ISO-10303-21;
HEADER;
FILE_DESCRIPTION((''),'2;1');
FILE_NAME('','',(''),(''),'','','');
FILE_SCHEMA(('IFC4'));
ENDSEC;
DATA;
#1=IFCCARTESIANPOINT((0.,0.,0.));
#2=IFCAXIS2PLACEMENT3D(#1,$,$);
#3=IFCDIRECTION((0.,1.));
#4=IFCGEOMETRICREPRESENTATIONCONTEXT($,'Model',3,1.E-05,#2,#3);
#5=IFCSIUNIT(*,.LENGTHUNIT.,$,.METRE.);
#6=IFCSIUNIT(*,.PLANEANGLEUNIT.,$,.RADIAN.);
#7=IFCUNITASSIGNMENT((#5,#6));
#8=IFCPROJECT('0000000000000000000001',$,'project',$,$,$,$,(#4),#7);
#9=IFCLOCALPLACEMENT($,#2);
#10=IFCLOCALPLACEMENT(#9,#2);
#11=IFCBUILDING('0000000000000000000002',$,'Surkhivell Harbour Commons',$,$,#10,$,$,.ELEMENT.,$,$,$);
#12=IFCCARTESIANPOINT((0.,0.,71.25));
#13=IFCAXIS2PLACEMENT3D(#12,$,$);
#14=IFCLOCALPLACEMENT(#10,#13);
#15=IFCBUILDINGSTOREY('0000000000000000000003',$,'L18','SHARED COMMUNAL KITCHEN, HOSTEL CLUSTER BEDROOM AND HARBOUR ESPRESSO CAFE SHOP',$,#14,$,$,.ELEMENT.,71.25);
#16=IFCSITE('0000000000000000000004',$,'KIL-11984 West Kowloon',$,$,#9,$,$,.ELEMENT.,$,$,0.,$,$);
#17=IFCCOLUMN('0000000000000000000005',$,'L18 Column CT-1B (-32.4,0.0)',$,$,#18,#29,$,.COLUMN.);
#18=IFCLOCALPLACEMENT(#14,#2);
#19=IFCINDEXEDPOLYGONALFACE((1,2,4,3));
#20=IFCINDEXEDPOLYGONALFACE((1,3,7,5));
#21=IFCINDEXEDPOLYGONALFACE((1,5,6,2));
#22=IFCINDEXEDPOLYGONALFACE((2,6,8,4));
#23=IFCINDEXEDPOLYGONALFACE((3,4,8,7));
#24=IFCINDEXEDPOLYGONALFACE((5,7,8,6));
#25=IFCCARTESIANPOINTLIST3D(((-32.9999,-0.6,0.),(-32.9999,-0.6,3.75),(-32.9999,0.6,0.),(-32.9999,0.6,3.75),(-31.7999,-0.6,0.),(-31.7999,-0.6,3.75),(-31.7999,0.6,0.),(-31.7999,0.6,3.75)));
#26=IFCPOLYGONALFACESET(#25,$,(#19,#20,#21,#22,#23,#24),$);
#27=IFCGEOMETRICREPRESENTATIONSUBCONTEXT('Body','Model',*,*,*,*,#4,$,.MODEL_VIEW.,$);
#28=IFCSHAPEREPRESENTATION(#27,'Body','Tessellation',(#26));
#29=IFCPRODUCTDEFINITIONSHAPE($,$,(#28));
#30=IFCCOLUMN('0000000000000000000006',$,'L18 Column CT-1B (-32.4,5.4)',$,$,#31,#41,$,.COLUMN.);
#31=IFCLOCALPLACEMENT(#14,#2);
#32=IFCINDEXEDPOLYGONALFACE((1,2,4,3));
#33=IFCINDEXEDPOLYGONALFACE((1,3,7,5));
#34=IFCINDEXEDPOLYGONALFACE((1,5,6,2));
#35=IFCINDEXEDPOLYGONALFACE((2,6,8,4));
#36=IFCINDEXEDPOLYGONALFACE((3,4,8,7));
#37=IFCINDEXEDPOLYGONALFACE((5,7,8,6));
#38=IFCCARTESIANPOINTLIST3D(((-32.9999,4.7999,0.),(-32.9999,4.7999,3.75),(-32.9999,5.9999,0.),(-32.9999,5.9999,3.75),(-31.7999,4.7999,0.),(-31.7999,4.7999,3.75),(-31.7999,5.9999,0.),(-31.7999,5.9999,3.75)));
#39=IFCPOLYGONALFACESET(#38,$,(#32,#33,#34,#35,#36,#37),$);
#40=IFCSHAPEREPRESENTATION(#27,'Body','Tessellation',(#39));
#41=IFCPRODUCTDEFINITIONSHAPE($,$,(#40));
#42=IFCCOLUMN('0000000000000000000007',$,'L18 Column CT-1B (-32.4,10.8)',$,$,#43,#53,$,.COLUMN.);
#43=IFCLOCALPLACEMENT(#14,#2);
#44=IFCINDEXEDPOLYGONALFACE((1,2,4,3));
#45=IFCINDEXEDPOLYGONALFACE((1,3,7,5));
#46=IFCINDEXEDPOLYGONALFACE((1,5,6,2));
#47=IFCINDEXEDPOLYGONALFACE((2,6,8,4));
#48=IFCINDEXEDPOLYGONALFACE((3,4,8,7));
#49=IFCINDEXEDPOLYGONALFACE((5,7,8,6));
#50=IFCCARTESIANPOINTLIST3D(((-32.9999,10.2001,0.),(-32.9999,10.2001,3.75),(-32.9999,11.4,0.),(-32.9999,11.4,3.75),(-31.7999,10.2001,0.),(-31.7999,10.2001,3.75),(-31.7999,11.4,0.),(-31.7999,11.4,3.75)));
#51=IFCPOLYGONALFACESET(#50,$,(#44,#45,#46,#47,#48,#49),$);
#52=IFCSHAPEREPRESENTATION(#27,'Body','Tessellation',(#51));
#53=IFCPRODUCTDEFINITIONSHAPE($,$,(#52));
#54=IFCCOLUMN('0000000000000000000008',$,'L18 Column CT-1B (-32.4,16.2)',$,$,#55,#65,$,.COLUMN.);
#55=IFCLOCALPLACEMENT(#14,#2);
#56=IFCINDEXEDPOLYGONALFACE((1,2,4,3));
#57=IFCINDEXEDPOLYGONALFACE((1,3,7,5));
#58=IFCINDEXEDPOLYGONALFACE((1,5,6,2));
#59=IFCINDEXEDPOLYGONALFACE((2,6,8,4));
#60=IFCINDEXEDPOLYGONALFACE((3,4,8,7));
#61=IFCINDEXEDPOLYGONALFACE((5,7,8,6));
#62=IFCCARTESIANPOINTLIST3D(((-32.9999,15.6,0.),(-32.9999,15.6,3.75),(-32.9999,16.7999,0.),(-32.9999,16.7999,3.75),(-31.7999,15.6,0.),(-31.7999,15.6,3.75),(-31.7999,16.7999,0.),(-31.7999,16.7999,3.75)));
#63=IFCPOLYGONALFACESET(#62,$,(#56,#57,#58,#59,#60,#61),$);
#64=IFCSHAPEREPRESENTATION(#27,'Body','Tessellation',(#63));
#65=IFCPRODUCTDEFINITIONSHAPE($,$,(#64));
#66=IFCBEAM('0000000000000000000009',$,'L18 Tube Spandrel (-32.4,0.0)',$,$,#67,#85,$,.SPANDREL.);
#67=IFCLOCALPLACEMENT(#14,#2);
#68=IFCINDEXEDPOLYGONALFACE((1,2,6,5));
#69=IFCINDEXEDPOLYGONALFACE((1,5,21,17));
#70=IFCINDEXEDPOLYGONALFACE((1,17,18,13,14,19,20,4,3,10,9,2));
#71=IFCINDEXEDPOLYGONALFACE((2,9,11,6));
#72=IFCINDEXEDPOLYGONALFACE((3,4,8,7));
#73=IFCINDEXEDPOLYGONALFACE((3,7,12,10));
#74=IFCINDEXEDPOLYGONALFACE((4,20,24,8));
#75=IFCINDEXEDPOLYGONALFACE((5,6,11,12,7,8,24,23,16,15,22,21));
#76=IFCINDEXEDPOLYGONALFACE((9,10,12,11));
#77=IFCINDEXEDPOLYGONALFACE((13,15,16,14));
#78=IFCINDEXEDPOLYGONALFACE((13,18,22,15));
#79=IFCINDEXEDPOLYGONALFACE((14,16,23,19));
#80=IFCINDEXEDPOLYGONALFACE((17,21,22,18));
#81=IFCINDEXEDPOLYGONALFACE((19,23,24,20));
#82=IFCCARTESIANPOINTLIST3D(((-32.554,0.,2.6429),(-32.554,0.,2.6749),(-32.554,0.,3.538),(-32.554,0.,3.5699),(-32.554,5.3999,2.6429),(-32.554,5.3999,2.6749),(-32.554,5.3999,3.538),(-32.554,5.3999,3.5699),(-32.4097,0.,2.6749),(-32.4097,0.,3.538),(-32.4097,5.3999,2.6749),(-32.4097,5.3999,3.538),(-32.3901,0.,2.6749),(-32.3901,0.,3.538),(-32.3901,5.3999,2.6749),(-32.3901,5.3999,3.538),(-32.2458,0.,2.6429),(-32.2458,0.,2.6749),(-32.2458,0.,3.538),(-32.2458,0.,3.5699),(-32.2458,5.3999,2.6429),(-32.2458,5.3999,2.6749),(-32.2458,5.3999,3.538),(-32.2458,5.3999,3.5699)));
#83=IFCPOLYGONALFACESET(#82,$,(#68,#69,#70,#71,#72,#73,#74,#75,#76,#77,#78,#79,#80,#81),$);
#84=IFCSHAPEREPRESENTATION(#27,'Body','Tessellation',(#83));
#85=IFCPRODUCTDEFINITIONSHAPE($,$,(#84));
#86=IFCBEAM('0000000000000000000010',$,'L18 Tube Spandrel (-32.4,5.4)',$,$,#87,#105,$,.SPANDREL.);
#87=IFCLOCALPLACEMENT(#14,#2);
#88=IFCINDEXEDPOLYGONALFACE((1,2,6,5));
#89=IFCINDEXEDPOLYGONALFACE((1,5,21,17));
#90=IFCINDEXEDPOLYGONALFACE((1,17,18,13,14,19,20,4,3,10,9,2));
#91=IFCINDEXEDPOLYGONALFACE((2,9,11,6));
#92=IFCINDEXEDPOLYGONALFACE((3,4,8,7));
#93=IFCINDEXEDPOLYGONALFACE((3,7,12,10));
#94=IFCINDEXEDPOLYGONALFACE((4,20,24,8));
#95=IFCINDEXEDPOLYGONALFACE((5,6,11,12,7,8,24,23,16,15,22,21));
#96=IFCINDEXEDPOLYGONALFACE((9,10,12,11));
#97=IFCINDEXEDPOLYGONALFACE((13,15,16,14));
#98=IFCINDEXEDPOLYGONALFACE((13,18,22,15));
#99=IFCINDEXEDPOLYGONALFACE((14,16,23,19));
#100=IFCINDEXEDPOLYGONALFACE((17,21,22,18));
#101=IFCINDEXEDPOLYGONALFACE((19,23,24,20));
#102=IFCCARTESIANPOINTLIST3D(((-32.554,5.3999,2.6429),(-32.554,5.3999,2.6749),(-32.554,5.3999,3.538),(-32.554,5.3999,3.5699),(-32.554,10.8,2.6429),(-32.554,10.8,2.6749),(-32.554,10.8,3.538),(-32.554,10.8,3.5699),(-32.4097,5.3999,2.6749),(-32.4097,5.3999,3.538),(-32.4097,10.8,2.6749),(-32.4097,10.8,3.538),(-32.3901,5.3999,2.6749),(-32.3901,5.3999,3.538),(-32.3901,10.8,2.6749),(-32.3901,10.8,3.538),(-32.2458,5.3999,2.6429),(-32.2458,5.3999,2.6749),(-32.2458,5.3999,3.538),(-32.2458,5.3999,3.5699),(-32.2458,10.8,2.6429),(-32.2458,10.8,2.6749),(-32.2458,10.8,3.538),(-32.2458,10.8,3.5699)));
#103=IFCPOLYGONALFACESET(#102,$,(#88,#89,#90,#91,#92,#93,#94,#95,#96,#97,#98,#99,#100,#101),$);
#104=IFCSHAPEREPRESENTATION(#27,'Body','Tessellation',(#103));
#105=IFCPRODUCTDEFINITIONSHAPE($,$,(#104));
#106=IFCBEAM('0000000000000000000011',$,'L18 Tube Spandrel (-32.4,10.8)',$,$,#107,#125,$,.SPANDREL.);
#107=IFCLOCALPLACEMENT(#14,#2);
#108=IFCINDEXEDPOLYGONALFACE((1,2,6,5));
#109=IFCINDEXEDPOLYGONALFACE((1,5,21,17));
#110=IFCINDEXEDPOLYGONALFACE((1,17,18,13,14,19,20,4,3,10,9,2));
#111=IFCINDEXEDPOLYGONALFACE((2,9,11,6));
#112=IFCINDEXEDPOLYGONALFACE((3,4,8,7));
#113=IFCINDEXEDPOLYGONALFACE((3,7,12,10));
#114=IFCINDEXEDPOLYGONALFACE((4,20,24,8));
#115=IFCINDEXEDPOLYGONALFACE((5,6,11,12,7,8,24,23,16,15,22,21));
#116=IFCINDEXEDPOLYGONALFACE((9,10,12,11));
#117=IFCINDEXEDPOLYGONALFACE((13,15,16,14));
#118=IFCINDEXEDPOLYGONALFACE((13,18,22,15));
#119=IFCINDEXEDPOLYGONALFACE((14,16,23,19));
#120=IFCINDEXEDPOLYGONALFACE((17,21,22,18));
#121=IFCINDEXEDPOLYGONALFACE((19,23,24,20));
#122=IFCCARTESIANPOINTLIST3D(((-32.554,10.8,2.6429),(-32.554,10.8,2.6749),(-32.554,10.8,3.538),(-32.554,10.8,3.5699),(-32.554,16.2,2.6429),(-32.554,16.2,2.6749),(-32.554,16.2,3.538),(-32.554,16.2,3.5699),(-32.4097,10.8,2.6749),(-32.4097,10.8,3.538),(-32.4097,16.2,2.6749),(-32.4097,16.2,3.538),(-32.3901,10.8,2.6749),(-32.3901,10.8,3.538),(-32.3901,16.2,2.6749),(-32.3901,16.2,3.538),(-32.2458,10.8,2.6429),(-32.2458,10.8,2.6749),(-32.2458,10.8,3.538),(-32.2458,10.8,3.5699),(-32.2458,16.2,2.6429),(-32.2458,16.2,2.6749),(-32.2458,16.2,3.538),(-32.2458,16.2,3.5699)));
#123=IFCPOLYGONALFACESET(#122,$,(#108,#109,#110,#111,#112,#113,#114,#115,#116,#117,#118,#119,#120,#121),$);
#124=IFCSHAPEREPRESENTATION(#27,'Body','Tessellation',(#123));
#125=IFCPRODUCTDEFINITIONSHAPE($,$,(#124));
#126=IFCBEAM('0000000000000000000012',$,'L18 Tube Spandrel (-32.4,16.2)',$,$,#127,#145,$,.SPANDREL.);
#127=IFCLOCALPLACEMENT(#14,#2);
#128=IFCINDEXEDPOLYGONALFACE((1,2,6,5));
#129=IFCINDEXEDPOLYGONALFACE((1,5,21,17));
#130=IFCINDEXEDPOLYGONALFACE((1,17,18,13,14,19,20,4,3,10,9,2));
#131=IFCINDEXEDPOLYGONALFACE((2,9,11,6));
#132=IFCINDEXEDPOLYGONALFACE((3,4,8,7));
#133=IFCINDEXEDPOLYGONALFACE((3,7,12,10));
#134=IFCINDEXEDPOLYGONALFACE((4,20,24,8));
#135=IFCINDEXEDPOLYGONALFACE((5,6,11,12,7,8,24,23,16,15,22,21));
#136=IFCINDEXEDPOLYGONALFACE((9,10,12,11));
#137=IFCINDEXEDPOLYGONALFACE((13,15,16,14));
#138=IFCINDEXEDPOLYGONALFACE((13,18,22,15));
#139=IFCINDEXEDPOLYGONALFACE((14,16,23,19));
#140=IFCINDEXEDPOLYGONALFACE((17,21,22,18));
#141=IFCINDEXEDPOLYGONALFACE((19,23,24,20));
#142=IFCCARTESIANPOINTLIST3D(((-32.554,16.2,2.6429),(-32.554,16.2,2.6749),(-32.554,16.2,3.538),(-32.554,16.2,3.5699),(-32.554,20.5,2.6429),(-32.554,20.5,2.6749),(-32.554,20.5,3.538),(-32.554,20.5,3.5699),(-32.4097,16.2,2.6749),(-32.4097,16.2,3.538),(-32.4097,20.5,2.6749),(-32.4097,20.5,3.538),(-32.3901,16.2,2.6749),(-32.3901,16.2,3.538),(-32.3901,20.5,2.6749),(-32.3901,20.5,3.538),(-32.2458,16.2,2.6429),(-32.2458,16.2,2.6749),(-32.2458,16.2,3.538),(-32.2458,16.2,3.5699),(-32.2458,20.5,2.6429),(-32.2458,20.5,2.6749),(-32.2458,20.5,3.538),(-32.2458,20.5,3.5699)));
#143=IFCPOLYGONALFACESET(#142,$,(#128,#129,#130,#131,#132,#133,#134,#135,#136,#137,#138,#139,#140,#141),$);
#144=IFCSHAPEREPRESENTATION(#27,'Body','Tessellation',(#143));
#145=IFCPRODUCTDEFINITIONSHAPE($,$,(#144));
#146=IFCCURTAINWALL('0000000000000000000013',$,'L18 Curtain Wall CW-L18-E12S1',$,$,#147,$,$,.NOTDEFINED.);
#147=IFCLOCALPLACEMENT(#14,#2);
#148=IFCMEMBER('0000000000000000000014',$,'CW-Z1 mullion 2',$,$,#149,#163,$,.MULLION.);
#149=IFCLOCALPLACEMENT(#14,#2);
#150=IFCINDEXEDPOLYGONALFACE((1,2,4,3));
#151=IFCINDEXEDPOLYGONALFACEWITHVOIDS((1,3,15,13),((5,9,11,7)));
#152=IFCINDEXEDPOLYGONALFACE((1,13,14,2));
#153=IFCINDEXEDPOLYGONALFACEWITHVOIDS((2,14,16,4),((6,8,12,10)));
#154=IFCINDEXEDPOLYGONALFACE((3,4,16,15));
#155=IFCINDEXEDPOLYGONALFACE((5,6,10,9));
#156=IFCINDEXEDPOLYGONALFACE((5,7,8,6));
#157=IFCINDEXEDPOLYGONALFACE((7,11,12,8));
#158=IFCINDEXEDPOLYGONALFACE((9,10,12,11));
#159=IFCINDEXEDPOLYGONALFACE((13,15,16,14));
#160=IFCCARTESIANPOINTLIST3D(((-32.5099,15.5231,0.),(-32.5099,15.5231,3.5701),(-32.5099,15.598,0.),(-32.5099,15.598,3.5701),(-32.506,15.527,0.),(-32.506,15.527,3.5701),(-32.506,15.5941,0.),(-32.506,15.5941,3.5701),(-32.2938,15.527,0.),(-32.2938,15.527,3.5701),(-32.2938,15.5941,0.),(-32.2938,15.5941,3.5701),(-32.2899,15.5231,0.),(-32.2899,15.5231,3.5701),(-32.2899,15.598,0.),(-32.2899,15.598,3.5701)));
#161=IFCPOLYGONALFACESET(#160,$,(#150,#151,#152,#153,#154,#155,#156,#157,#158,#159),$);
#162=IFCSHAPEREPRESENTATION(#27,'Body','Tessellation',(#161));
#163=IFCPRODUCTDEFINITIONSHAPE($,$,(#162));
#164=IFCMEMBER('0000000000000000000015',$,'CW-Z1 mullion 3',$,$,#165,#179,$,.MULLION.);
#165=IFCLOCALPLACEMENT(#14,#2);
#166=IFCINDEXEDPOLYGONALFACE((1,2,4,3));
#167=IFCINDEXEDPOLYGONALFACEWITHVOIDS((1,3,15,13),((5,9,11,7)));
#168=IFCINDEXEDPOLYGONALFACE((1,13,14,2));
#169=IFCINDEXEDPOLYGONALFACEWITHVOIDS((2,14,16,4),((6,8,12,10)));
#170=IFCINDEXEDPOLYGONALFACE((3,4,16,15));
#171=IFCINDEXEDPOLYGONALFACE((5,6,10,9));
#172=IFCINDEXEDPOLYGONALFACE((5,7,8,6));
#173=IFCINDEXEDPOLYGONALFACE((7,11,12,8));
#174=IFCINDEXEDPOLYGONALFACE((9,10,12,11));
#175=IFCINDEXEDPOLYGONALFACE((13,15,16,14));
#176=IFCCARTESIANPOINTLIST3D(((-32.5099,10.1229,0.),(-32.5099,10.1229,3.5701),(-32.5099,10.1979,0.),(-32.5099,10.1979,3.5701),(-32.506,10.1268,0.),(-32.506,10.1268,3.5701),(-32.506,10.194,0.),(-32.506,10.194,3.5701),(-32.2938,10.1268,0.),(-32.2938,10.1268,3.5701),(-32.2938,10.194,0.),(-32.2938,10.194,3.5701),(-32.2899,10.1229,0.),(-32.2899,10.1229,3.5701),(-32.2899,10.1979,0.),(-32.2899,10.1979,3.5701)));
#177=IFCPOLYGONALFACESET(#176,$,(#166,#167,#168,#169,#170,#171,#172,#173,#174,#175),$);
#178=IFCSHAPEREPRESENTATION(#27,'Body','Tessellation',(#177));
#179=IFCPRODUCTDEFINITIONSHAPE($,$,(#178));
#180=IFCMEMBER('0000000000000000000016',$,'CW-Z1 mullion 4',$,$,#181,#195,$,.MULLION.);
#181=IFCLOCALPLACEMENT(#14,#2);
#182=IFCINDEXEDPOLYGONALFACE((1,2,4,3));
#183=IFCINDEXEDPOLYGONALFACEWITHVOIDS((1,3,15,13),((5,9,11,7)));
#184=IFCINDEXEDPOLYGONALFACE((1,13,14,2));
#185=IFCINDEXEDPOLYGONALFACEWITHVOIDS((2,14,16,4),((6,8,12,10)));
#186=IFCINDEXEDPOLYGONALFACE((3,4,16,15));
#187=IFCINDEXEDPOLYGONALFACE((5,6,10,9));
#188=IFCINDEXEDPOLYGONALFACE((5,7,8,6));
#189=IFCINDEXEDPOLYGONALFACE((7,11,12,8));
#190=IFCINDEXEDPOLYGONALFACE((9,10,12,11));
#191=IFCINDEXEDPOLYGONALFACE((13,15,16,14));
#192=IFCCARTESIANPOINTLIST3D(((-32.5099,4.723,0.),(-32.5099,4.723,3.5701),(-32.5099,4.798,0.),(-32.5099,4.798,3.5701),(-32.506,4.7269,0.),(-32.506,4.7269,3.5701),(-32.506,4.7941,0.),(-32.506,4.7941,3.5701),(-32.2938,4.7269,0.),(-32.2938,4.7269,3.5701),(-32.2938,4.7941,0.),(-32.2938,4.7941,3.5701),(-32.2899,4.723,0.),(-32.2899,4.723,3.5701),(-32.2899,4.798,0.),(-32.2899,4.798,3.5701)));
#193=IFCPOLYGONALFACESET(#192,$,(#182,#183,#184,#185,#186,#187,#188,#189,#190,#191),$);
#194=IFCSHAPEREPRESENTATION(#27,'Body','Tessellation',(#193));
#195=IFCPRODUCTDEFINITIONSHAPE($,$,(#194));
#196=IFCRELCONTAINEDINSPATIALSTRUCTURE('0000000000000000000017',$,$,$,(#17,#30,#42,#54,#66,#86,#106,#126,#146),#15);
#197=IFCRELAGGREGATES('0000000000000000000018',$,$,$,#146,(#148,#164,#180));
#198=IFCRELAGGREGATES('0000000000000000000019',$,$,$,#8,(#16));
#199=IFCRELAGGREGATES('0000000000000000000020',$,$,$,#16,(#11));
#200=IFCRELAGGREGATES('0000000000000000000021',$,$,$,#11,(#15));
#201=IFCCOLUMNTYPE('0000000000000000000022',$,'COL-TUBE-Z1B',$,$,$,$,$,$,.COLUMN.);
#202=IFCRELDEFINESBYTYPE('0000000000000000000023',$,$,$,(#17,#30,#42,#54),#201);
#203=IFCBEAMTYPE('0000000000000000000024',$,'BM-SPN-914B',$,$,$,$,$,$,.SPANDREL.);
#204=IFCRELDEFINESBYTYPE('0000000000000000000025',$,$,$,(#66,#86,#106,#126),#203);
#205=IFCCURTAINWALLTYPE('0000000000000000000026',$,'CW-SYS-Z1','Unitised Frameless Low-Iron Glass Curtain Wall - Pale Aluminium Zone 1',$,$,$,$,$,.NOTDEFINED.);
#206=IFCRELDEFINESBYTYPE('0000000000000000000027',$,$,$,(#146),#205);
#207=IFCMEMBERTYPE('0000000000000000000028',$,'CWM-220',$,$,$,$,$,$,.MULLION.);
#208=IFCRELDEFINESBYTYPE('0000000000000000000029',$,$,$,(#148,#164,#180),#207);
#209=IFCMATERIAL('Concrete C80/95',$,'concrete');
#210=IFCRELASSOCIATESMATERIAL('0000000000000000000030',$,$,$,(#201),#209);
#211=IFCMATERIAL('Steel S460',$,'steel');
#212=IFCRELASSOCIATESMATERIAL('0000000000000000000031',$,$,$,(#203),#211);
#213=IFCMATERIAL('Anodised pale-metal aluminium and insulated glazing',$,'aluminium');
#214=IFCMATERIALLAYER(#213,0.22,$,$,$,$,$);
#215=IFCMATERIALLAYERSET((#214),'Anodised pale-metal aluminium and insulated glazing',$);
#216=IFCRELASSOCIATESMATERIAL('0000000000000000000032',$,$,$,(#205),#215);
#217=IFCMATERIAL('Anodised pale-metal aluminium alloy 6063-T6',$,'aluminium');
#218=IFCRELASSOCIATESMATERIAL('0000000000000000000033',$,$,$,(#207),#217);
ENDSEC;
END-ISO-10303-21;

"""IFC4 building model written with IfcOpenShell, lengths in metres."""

from ifc_helpers import new_model, si_unit, direction, frame, origin, origin_2d, place, context, subcontext, project, spatial, rectangle, hollow_rectangle, i_section, extrude, material, layer, layer_set, material_profile, profile_set, type_object, element, aggregate, save


model = new_model("IFC4")

# Units and contexts
model_context = context("Model", 3, precision=1e-05, world=origin(), true_north=direction((0.0, 1.0)))
body_context = subcontext(model_context, "Body", "Model", "MODEL_VIEW")
ifc_project = project(units=[si_unit("LENGTHUNIT", "METRE"), si_unit("PLANEANGLEUNIT", "RADIAN")], contexts=[model_context])

# Site, building, storey
site_placement = place(None, origin())
site = spatial("IfcSite", under=ifc_project, at=site_placement, Name="KIL-11984 West Kowloon", CompositionType="ELEMENT", RefElevation=0.0)
building_placement = place(site_placement, origin())
building = spatial("IfcBuilding", under=site, at=building_placement, Name="Surkhivell Harbour Commons", CompositionType="ELEMENT")
storey_placement = place(building_placement, frame((0.0, 0.0, 71.25)))
storey = spatial("IfcBuildingStorey", under=building, at=storey_placement, Name="L18", Description="SHARED COMMUNAL KITCHEN, HOSTEL CLUSTER BEDROOM AND HARBOUR ESPRESSO CAFE SHOP", CompositionType="ELEMENT", Elevation=71.25)

# Columns
ifc_material_1 = material(Name="Concrete C80/95", Category="concrete")
ifc_material_profile_1 = material_profile(ifc_material_1, rectangle(XDim=1.2, YDim=1.2, at=origin_2d()), Name="RC-COL-1200x1200")
ifc_profile_set_1 = profile_set([ifc_material_profile_1], Name="Concrete C80/95")
column_type = type_object("IfcColumnType", Name="COL-TUBE-Z1B", PredefinedType="COLUMN", material=ifc_profile_set_1)
for number, where, z_axis, x_axis, name in (
    (1, (-32.3999, 0.0, 0.0), (0.0, 0.0, 1.0), (1.0, 0.0, 0.0), "L18 Column CT-1B (-32.4,0.0)"),
    (2, (-32.3999, 5.3999, 0.0), (0.0, 0.0, 1.0), (1.0, 0.0, 0.0), "L18 Column CT-1B (-32.4,5.4)"),
    (3, (-32.3999, 10.8, 0.0), (0.0, 0.0, 1.0), (1.0, 0.0, 0.0), "L18 Column CT-1B (-32.4,10.8)"),
    (4, (-32.3999, 16.2, 0.0), (0.0, 0.0, 1.0), (1.0, 0.0, 0.0), "L18 Column CT-1B (-32.4,16.2)"),
):
    element("IfcColumn", number, at=place(storey_placement, frame(where, z_axis=z_axis, x_axis=x_axis)), inside=storey, type_object=column_type, Name=name, PredefinedType="COLUMN", context=body_context, shape_type="SweptSolid", body=[
        extrude(rectangle(XDim=1.2, YDim=1.2, at=origin_2d()), origin(), (0.0, 0.0, 1.0), 3.75),
    ])

# Beams
ifc_material_2 = material(Name="Steel S460", Category="steel")
ifc_material_profile_2 = material_profile(ifc_material_2, i_section(OverallWidth=0.3081, OverallDepth=0.927, WebThickness=0.0195, FlangeThickness=0.032, at=origin_2d()), Name="UB914x305x289")
ifc_profile_set_2 = profile_set([ifc_material_profile_2], Name="Steel S460")
beam_type = type_object("IfcBeamType", Name="BM-SPN-914B", PredefinedType="SPANDREL", material=ifc_profile_set_2)
beam_1_placement = place(storey_placement, frame((-32.3999, 0.0, 3.1064), z_axis=(0.0, 1.0, 0.0), x_axis=(-1.0, 0.0, 0.0)))
element("IfcBeam", 5, at=beam_1_placement, inside=storey, type_object=beam_type, Name="L18 Tube Spandrel (-32.4,0.0)", PredefinedType="SPANDREL", context=body_context, shape_type="SweptSolid", body=[
    extrude(i_section(OverallWidth=0.3081, OverallDepth=0.927, WebThickness=0.0195, FlangeThickness=0.032, at=origin_2d()), origin(), (0.0, 0.0, 1.0), 5.3999),
])
beam_2_placement = place(storey_placement, frame((-32.3999, 5.3999, 3.1064), z_axis=(0.0, 1.0, 0.0), x_axis=(-1.0, 0.0, 0.0)))
element("IfcBeam", 6, at=beam_2_placement, inside=storey, type_object=beam_type, Name="L18 Tube Spandrel (-32.4,5.4)", PredefinedType="SPANDREL", context=body_context, shape_type="SweptSolid", body=[
    extrude(i_section(OverallWidth=0.3081, OverallDepth=0.927, WebThickness=0.0195, FlangeThickness=0.032, at=origin_2d()), origin(), (0.0, 0.0, 1.0), 5.4001),
])
beam_3_placement = place(storey_placement, frame((-32.3999, 10.8, 3.1064), z_axis=(0.0, 1.0, 0.0), x_axis=(-1.0, 0.0, 0.0)))
element("IfcBeam", 7, at=beam_3_placement, inside=storey, type_object=beam_type, Name="L18 Tube Spandrel (-32.4,10.8)", PredefinedType="SPANDREL", context=body_context, shape_type="SweptSolid", body=[
    extrude(i_section(OverallWidth=0.3081, OverallDepth=0.927, WebThickness=0.0195, FlangeThickness=0.032, at=origin_2d()), origin(), (0.0, 0.0, 1.0), 5.3999),
])
beam_4_placement = place(storey_placement, frame((-32.3999, 16.2, 3.1064), z_axis=(0.0, 1.0, 0.0), x_axis=(-1.0, 0.0, 0.0)))
element("IfcBeam", 8, at=beam_4_placement, inside=storey, type_object=beam_type, Name="L18 Tube Spandrel (-32.4,16.2)", PredefinedType="SPANDREL", context=body_context, shape_type="SweptSolid", body=[
    extrude(i_section(OverallWidth=0.3081, OverallDepth=0.927, WebThickness=0.0195, FlangeThickness=0.032, at=origin_2d()), origin(), (0.0, 0.0, 1.0), 4.3),
])

# Curtain wall, members
ifc_material_3 = material(Name="Anodised pale-metal aluminium and insulated glazing", Category="aluminium")
ifc_layer_1 = layer(ifc_material_3, 0.22)
ifc_layer_set_1 = layer_set([ifc_layer_1], Name="Anodised pale-metal aluminium and insulated glazing")
curtain_wall_type = type_object("IfcCurtainWallType", Name="CW-SYS-Z1", Description="Unitised Frameless Low-Iron Glass Curtain Wall - Pale Aluminium Zone 1", PredefinedType="NOTDEFINED", material=ifc_layer_set_1)
curtain_wall_placement = place(storey_placement, origin())
curtain_wall = element("IfcCurtainWall", 9, at=curtain_wall_placement, inside=storey, type_object=curtain_wall_type, Name="L18 Curtain Wall CW-L18-E12S1", PredefinedType="NOTDEFINED")
ifc_material_4 = material(Name="Anodised pale-metal aluminium alloy 6063-T6", Category="aluminium")
ifc_material_profile_3 = material_profile(ifc_material_4, hollow_rectangle(XDim=0.075, YDim=0.22, WallThickness=0.0039, at=origin_2d()), Name="ALU-MULL-75x220")
ifc_profile_set_3 = profile_set([ifc_material_profile_3], Name="Anodised pale-metal aluminium alloy 6063-T6")
member_type_1 = type_object("IfcMemberType", Name="CWM-220", PredefinedType="MULLION", material=ifc_profile_set_3)
member_1_placement = place(storey_placement, frame((-32.3999, 15.5605, 0.0), z_axis=(0.0, 0.0, 1.0), x_axis=(0.0, -1.0, 0.0)))
member_1 = element("IfcMember", 10, at=member_1_placement, type_object=member_type_1, Name="CW-Z1 mullion 2", PredefinedType="MULLION", context=body_context, shape_type="SweptSolid", body=[
    extrude(hollow_rectangle(XDim=0.075, YDim=0.22, WallThickness=0.0039, at=origin_2d()), origin(), (0.0, 0.0, 1.0), 3.5701),
])
member_2_placement = place(storey_placement, frame((-32.3999, 10.1604, 0.0), z_axis=(0.0, 0.0, 1.0), x_axis=(0.0, -1.0, 0.0)))
member_2 = element("IfcMember", 11, at=member_2_placement, type_object=member_type_1, Name="CW-Z1 mullion 3", PredefinedType="MULLION", context=body_context, shape_type="SweptSolid", body=[
    extrude(hollow_rectangle(XDim=0.075, YDim=0.22, WallThickness=0.0039, at=origin_2d()), origin(), (0.0, 0.0, 1.0), 3.5701),
])
member_3_placement = place(storey_placement, frame((-32.3999, 4.7605, 0.0), z_axis=(0.0, 0.0, 1.0), x_axis=(0.0, -1.0, 0.0)))
member_3 = element("IfcMember", 12, at=member_3_placement, type_object=member_type_1, Name="CW-Z1 mullion 4", PredefinedType="MULLION", context=body_context, shape_type="SweptSolid", body=[
    extrude(hollow_rectangle(XDim=0.075, YDim=0.22, WallThickness=0.0039, at=origin_2d()), origin(), (0.0, 0.0, 1.0), 3.5701),
])
aggregate(curtain_wall, [member_1, member_2, member_3])

save(model, "model.ifc")
